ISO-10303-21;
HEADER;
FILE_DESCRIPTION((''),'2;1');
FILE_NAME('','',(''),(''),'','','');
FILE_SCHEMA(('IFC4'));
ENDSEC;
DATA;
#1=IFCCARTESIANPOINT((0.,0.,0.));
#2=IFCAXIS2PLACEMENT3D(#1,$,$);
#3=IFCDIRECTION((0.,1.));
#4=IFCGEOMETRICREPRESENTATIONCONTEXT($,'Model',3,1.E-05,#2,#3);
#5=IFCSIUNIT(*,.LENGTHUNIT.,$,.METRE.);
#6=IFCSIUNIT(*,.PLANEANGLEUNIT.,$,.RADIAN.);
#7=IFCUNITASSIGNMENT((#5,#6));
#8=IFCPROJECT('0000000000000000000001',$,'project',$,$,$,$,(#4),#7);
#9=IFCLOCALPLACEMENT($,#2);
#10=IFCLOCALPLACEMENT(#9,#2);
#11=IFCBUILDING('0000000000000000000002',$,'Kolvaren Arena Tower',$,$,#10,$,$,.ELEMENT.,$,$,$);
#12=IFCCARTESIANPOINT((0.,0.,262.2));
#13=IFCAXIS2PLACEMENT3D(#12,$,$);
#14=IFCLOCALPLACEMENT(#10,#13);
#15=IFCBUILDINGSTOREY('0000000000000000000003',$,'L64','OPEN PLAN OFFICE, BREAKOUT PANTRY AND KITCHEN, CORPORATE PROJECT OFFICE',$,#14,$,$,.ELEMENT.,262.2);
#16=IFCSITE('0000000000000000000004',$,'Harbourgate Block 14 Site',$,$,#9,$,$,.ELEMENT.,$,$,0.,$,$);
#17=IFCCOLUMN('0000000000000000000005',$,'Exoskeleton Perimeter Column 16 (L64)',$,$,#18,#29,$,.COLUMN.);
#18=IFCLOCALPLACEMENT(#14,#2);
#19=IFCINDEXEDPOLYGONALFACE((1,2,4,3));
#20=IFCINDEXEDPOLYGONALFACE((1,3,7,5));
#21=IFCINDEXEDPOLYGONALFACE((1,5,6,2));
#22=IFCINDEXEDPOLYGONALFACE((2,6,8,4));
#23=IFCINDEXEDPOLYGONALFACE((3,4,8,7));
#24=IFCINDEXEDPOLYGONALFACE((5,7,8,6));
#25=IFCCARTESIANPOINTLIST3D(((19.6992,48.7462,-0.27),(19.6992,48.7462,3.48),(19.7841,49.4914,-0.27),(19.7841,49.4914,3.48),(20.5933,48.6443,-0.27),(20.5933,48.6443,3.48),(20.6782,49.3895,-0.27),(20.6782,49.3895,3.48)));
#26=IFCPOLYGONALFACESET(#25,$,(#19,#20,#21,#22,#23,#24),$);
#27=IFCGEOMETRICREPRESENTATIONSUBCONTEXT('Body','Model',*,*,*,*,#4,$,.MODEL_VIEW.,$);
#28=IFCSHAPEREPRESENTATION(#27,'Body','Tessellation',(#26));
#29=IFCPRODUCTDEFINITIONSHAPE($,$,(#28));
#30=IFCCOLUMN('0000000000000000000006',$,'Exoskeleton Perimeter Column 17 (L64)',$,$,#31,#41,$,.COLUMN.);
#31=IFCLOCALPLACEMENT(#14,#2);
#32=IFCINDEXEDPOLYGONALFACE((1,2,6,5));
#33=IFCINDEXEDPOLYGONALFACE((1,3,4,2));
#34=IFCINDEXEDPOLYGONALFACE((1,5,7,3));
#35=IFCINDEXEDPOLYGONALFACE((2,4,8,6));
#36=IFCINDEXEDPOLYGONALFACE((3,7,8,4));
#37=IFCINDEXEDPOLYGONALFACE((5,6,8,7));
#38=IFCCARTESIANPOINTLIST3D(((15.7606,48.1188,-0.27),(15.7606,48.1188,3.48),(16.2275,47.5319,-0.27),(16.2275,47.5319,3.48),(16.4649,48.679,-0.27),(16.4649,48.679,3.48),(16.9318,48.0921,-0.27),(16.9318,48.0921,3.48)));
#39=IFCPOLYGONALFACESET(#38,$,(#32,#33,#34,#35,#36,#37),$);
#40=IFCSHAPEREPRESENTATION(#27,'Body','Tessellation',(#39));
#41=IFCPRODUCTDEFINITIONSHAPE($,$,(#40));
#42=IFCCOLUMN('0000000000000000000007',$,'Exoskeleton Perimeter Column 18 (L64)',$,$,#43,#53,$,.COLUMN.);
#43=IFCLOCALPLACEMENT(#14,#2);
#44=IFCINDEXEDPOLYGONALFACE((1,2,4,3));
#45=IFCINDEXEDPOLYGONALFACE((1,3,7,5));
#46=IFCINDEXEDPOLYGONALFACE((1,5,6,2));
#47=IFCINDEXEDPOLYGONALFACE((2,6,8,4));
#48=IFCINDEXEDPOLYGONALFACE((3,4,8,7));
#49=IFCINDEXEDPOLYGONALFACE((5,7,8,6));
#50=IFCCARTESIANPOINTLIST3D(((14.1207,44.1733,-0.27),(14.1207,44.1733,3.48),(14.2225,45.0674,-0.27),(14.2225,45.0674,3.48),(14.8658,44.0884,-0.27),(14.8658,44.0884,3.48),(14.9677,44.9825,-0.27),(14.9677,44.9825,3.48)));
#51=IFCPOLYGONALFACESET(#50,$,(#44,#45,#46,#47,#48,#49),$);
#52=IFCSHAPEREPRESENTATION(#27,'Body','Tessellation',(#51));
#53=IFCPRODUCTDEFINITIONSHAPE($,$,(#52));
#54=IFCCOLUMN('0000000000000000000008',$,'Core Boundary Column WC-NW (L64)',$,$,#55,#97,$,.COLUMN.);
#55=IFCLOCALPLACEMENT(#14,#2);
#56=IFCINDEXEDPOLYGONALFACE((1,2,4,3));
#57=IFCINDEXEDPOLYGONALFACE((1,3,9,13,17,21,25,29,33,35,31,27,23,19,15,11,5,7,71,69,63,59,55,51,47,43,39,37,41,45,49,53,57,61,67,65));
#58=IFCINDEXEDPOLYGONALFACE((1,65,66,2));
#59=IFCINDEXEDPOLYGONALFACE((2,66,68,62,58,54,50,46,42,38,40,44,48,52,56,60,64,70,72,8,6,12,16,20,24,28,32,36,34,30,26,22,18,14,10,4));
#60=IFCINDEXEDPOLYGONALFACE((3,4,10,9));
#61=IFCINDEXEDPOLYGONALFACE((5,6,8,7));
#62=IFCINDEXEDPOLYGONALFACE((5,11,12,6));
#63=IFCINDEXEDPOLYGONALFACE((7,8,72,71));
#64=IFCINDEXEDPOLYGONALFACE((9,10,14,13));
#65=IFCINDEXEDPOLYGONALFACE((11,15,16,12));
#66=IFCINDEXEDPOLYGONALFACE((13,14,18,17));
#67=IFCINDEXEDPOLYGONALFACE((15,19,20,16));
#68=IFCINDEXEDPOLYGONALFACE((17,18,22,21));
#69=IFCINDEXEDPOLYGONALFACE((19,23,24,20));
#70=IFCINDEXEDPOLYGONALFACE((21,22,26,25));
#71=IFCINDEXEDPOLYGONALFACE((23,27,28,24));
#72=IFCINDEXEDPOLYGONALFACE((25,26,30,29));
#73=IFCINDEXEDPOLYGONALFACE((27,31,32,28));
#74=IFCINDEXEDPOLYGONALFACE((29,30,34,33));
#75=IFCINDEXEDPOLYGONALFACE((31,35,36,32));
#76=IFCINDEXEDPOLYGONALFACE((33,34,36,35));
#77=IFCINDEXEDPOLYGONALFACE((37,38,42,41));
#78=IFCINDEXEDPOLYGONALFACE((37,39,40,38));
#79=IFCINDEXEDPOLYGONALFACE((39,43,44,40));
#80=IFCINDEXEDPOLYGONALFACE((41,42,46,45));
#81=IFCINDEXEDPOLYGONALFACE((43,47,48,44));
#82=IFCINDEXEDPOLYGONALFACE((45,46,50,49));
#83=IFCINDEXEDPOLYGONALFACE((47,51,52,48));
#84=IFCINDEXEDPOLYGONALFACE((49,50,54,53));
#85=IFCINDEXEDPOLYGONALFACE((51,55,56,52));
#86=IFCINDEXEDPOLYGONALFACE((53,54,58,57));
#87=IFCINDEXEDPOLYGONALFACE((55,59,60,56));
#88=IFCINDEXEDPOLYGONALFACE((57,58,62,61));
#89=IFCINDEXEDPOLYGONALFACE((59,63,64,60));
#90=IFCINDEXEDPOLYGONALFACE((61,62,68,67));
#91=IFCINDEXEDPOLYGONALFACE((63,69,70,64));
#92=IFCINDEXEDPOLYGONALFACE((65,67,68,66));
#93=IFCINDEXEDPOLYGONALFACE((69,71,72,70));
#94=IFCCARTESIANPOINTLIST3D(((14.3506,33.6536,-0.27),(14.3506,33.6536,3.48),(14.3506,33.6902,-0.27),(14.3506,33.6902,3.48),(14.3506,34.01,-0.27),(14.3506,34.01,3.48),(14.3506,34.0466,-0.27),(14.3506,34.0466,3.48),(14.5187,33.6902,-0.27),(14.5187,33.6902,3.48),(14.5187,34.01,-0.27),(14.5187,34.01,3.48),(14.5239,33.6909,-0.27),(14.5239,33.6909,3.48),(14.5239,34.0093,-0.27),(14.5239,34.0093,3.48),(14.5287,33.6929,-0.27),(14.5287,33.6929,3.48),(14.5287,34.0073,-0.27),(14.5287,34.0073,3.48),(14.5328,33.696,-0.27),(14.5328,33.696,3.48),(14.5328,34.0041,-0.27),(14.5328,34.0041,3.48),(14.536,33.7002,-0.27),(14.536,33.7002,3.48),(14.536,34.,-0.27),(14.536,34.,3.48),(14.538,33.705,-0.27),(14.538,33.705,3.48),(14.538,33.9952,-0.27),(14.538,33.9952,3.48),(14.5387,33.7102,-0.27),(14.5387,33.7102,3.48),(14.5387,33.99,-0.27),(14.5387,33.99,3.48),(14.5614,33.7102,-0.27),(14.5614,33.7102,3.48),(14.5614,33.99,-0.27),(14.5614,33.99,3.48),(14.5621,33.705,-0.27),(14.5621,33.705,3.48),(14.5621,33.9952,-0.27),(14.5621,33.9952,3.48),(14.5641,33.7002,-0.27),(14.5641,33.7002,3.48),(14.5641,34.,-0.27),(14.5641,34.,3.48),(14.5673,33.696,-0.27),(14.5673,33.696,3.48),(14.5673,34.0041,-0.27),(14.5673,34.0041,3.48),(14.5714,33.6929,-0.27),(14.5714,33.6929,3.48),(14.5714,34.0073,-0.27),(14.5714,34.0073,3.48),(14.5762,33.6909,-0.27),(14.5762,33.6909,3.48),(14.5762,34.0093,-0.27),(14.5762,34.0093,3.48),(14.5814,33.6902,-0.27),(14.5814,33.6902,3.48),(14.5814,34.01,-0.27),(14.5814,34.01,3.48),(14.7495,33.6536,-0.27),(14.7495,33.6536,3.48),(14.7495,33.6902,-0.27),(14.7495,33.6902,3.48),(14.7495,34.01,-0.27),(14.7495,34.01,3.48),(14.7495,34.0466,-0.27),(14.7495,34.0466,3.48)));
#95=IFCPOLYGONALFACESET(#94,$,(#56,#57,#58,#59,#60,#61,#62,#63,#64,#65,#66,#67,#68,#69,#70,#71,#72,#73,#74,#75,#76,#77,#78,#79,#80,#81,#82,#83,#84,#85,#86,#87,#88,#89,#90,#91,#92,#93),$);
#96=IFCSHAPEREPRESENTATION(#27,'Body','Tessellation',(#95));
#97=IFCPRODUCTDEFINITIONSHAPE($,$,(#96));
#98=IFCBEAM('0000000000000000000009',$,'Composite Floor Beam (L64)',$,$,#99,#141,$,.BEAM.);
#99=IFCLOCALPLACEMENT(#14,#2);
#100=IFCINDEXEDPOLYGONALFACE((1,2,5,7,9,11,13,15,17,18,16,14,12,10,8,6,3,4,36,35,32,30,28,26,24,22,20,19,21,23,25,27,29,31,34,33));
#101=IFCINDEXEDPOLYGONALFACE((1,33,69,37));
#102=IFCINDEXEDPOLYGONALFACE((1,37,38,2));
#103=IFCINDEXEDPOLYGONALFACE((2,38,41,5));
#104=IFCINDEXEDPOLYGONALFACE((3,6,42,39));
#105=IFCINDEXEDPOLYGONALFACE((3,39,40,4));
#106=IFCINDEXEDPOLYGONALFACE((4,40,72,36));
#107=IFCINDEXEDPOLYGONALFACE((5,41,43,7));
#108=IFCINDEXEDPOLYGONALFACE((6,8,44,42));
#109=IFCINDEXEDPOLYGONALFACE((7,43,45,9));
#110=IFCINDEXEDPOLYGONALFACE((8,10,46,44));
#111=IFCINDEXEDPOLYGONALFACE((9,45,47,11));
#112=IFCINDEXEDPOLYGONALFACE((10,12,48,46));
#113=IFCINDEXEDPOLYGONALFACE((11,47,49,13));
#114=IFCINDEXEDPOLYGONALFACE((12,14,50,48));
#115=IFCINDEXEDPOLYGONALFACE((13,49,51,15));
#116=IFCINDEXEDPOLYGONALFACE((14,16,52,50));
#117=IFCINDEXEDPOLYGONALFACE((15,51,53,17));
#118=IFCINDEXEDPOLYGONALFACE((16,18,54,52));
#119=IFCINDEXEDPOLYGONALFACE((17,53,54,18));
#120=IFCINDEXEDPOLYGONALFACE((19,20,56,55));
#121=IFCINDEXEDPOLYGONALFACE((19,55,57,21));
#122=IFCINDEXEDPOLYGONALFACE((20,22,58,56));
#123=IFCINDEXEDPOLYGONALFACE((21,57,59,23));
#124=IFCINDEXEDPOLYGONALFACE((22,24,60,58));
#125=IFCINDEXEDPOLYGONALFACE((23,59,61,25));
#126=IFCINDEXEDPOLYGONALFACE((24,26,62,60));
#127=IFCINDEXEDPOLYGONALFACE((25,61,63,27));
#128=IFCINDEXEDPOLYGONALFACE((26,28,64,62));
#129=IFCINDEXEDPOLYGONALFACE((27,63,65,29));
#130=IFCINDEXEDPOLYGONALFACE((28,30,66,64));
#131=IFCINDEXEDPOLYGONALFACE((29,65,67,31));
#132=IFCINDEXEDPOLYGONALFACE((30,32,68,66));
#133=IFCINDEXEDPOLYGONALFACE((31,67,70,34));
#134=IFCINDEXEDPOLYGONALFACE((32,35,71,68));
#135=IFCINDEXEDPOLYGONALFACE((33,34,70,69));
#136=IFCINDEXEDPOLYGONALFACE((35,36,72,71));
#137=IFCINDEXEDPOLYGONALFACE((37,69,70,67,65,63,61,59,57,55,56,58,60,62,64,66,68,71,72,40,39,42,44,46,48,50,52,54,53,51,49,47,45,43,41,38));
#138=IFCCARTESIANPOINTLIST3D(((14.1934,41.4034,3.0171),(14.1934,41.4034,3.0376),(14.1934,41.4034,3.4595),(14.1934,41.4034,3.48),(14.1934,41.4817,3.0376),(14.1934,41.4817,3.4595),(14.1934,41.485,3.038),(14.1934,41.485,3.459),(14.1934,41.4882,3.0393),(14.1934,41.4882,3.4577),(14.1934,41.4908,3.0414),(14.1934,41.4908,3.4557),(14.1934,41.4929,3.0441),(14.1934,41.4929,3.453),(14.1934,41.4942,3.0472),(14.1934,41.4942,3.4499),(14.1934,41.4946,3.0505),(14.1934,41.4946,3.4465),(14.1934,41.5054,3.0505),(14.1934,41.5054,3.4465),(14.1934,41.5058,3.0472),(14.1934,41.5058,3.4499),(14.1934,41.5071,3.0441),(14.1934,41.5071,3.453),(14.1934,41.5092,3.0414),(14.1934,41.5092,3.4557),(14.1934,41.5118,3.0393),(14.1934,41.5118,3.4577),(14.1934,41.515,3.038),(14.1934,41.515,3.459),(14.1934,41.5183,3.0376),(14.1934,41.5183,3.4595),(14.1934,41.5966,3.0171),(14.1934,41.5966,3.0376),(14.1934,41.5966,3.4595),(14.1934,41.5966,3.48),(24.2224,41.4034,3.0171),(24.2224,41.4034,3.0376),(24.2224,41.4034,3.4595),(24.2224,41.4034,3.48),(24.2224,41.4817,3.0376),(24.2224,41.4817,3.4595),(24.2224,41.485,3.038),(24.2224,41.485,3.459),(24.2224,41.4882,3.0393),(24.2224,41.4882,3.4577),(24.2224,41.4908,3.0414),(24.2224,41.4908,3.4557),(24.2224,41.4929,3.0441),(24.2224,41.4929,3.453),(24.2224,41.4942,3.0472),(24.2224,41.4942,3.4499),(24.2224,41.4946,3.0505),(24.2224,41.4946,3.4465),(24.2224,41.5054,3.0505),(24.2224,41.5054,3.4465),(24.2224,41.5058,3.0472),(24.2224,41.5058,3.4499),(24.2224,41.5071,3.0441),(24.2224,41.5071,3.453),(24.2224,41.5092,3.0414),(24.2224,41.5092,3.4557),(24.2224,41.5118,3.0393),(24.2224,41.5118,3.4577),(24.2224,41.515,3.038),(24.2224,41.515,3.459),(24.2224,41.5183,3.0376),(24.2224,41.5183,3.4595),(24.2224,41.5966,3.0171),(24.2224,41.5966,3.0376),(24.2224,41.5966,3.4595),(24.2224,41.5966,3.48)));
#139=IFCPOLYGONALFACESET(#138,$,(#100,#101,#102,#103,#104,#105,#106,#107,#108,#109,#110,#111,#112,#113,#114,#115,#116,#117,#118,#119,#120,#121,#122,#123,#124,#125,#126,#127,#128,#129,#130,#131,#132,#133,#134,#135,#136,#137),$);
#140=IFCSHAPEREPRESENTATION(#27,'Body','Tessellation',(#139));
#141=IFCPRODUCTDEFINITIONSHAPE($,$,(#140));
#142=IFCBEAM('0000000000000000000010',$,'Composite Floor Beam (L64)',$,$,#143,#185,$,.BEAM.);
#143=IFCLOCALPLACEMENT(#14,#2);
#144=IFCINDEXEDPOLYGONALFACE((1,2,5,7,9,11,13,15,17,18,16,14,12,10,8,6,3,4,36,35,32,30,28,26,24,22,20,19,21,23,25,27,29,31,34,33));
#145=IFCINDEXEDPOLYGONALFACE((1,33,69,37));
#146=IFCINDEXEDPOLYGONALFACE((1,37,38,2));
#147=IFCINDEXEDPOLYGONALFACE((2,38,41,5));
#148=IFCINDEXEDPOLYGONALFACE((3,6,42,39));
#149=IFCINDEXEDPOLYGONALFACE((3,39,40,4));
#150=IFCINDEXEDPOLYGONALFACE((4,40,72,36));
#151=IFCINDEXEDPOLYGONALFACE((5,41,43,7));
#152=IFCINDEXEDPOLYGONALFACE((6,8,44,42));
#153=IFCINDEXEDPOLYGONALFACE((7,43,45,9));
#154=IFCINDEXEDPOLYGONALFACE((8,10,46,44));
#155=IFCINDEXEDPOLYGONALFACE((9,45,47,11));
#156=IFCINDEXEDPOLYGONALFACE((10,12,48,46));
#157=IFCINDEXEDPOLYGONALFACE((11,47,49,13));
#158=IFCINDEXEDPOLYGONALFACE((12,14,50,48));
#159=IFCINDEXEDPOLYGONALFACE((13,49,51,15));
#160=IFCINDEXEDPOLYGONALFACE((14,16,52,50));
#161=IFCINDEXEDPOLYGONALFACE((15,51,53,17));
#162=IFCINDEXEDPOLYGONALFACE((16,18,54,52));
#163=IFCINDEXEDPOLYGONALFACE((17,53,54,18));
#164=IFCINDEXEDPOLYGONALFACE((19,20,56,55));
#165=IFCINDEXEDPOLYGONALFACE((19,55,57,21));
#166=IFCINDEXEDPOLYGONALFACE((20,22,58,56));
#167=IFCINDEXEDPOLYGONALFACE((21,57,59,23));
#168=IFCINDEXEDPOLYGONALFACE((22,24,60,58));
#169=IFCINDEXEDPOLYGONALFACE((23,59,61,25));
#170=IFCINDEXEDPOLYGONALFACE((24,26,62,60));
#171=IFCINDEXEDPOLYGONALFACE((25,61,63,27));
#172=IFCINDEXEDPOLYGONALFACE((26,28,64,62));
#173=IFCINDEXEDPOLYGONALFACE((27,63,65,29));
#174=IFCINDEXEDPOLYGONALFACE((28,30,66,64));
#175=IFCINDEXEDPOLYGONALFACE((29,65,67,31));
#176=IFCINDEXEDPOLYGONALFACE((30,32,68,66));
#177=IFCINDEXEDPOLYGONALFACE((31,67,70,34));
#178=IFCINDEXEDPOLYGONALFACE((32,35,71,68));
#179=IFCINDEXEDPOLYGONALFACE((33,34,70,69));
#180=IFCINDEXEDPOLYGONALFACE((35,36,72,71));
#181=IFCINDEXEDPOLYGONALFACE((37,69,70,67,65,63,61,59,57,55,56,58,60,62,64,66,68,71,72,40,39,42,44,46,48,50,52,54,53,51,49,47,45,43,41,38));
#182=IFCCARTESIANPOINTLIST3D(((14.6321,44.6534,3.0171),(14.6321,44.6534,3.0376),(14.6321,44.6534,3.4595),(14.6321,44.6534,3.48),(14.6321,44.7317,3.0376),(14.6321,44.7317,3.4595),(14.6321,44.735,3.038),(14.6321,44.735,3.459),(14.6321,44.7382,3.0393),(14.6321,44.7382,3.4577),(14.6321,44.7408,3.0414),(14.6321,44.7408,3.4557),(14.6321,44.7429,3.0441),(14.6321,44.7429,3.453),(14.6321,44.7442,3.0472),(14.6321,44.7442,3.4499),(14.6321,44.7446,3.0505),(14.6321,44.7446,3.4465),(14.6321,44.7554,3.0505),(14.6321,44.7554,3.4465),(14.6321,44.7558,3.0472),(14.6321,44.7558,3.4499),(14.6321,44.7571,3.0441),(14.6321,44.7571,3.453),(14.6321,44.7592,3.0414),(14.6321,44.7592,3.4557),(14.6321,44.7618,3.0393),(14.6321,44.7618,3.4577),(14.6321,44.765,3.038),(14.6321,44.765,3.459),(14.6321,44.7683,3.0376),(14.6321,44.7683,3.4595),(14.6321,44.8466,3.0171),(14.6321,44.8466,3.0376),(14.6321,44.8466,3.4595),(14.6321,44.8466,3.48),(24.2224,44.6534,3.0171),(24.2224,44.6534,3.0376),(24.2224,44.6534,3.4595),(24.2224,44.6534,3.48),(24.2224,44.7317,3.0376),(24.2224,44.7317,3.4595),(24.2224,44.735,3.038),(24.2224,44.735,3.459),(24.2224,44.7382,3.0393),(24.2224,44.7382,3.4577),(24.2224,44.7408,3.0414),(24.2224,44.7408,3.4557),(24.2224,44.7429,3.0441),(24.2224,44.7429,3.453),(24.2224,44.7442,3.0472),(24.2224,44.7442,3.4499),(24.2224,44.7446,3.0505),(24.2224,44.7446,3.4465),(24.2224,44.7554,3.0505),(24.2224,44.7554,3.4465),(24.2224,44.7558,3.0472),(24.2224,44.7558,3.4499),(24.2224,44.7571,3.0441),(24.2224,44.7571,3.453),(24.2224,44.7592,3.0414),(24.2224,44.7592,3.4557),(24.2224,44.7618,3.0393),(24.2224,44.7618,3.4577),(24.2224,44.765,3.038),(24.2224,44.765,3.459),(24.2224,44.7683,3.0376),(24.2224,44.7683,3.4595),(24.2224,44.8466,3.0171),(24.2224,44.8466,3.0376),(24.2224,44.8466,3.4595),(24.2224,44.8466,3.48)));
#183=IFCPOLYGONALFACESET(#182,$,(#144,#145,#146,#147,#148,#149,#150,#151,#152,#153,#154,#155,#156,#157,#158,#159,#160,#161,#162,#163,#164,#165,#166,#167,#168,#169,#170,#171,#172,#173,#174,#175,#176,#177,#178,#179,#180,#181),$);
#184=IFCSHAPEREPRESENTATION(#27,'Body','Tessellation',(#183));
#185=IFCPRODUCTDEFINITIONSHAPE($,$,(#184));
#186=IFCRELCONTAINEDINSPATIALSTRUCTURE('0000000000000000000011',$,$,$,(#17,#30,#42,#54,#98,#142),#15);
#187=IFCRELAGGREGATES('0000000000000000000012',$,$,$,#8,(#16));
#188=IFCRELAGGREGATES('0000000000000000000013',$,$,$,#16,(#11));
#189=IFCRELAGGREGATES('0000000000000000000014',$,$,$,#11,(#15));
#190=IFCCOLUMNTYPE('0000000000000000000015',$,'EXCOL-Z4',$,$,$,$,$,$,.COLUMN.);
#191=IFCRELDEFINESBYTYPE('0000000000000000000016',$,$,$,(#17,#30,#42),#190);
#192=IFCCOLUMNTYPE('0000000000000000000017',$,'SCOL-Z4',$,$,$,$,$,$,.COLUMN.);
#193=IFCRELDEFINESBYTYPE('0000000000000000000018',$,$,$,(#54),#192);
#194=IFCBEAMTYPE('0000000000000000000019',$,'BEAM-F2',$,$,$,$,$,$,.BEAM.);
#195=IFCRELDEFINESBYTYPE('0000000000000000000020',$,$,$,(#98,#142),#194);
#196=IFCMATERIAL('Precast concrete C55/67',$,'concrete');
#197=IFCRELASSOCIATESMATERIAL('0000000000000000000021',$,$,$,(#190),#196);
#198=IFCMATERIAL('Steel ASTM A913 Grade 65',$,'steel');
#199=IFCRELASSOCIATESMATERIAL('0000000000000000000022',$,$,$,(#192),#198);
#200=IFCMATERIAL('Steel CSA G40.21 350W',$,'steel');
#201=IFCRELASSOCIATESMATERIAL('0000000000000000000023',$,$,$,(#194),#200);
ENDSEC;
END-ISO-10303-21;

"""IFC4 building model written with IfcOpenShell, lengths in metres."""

from ifc_helpers import new_model, si_unit, direction, frame, origin, origin_2d, place, context, subcontext, project, spatial, rectangle, i_section, extrude, material, material_profile, profile_set, type_object, element, save


model = new_model("IFC4")

# Units and contexts
model_context = context("Model", 3, precision=1e-05, world=origin(), true_north=direction((0.0, 1.0)))
body_context = subcontext(model_context, "Body", "Model", "MODEL_VIEW")
ifc_project = project(units=[si_unit("LENGTHUNIT", "METRE"), si_unit("PLANEANGLEUNIT", "RADIAN")], contexts=[model_context])

# Site, building, storey
site_placement = place(None, origin())
site = spatial("IfcSite", under=ifc_project, at=site_placement, Name="Harbourgate Block 14 Site", CompositionType="ELEMENT", RefElevation=0.0)
building_placement = place(site_placement, origin())
building = spatial("IfcBuilding", under=site, at=building_placement, Name="Kolvaren Arena Tower", CompositionType="ELEMENT")
storey_placement = place(building_placement, frame((0.0, 0.0, 262.2)))
storey = spatial("IfcBuildingStorey", under=building, at=storey_placement, Name="L64", Description="OPEN PLAN OFFICE, BREAKOUT PANTRY AND KITCHEN, CORPORATE PROJECT OFFICE", CompositionType="ELEMENT", Elevation=262.2)

# Columns
ifc_material_1 = material(Name="Precast concrete C55/67", Category="concrete")
ifc_material_profile_1 = material_profile(ifc_material_1, rectangle(XDim=0.8999, YDim=0.75, at=origin_2d()), Name="RC-900x750")
ifc_profile_set_1 = profile_set([ifc_material_profile_1], Name="Precast concrete C55/67")
column_type_1 = type_object("IfcColumnType", Name="EXCOL-Z4", PredefinedType="COLUMN", material=ifc_profile_set_1)
for number, where, z_axis, x_axis, name in (
    (1, (20.1887, 49.0679, -0.27), (0.0, 0.0, 1.0), (0.993572, -0.113203, 0.0), "Exoskeleton Perimeter Column 16 (L64)"),
    (2, (16.3462, 48.1055, -0.27), (0.0, 0.0, 1.0), (0.782608, 0.622515, 0.0), "Exoskeleton Perimeter Column 17 (L64)"),
    (3, (14.5442, 44.5779, -0.27), (0.0, 0.0, 1.0), (0.113203, 0.993572, 0.0), "Exoskeleton Perimeter Column 18 (L64)"),
):
    element("IfcColumn", number, at=place(storey_placement, frame(where, z_axis=z_axis, x_axis=x_axis)), inside=storey, type_object=column_type_1, Name=name, PredefinedType="COLUMN", context=body_context, shape_type="SweptSolid", body=[
        extrude(rectangle(XDim=0.8999, YDim=0.75, at=origin_2d()), origin(), (0.0, 0.0, 1.0), 3.75),
    ])
ifc_material_2 = material(Name="Steel ASTM A913 Grade 65", Category="steel")
ifc_material_profile_2 = material_profile(ifc_material_2, i_section(OverallWidth=0.3989, OverallDepth=0.3931, WebThickness=0.0227, FlangeThickness=0.0366, FilletRadius=0.02, at=origin_2d()), Name="W360x287")
ifc_profile_set_2 = profile_set([ifc_material_profile_2], Name="Steel ASTM A913 Grade 65")
column_type_2 = type_object("IfcColumnType", Name="SCOL-Z4", PredefinedType="COLUMN", material=ifc_profile_set_2)
column_placement = place(storey_placement, frame((14.55, 33.8501, -0.27), z_axis=(0.0, 0.0, 1.0), x_axis=(1.0, 0.0, 0.0)))
element("IfcColumn", 4, at=column_placement, inside=storey, type_object=column_type_2, Name="Core Boundary Column WC-NW (L64)", PredefinedType="COLUMN", context=body_context, shape_type="SweptSolid", body=[
    extrude(i_section(OverallWidth=0.3989, OverallDepth=0.3931, WebThickness=0.0227, FlangeThickness=0.0366, FilletRadius=0.02, at=origin_2d()), origin(), (0.0, 0.0, 1.0), 3.75),
])

# Beams
ifc_material_3 = material(Name="Steel CSA G40.21 350W", Category="steel")
ifc_material_profile_3 = material_profile(ifc_material_3, i_section(OverallWidth=0.1931, OverallDepth=0.4629, WebThickness=0.0107, FlangeThickness=0.0205, FilletRadius=0.0129, at=origin_2d()), Name="W460x113")
ifc_profile_set_3 = profile_set([ifc_material_profile_3], Name="Steel CSA G40.21 350W")
beam_type_1 = type_object("IfcBeamType", Name="BEAM-F2", PredefinedType="BEAM", material=ifc_profile_set_3)
beam_1_placement = place(storey_placement, frame((14.1934, 41.5, 3.2485), z_axis=(1.0, 0.0, 0.0), x_axis=(0.0, 1.0, 0.0)))
element("IfcBeam", 5, at=beam_1_placement, inside=storey, type_object=beam_type_1, Name="Composite Floor Beam (L64)", PredefinedType="BEAM", context=body_context, shape_type="SweptSolid", body=[
    extrude(i_section(OverallWidth=0.1931, OverallDepth=0.4629, WebThickness=0.0107, FlangeThickness=0.0205, FilletRadius=0.0129, at=origin_2d()), origin(), (0.0, 0.0, 1.0), 10.0291),
])
beam_2_placement = place(storey_placement, frame((14.6321, 44.75, 3.2485), z_axis=(1.0, 0.0, 0.0), x_axis=(0.0, 1.0, 0.0)))
element("IfcBeam", 6, at=beam_2_placement, inside=storey, type_object=beam_type_1, Name="Composite Floor Beam (L64)", PredefinedType="BEAM", context=body_context, shape_type="SweptSolid", body=[
    extrude(i_section(OverallWidth=0.1931, OverallDepth=0.4629, WebThickness=0.0107, FlangeThickness=0.0205, FilletRadius=0.0129, at=origin_2d()), origin(), (0.0, 0.0, 1.0), 9.5903),
])

save(model, "model.ifc")
